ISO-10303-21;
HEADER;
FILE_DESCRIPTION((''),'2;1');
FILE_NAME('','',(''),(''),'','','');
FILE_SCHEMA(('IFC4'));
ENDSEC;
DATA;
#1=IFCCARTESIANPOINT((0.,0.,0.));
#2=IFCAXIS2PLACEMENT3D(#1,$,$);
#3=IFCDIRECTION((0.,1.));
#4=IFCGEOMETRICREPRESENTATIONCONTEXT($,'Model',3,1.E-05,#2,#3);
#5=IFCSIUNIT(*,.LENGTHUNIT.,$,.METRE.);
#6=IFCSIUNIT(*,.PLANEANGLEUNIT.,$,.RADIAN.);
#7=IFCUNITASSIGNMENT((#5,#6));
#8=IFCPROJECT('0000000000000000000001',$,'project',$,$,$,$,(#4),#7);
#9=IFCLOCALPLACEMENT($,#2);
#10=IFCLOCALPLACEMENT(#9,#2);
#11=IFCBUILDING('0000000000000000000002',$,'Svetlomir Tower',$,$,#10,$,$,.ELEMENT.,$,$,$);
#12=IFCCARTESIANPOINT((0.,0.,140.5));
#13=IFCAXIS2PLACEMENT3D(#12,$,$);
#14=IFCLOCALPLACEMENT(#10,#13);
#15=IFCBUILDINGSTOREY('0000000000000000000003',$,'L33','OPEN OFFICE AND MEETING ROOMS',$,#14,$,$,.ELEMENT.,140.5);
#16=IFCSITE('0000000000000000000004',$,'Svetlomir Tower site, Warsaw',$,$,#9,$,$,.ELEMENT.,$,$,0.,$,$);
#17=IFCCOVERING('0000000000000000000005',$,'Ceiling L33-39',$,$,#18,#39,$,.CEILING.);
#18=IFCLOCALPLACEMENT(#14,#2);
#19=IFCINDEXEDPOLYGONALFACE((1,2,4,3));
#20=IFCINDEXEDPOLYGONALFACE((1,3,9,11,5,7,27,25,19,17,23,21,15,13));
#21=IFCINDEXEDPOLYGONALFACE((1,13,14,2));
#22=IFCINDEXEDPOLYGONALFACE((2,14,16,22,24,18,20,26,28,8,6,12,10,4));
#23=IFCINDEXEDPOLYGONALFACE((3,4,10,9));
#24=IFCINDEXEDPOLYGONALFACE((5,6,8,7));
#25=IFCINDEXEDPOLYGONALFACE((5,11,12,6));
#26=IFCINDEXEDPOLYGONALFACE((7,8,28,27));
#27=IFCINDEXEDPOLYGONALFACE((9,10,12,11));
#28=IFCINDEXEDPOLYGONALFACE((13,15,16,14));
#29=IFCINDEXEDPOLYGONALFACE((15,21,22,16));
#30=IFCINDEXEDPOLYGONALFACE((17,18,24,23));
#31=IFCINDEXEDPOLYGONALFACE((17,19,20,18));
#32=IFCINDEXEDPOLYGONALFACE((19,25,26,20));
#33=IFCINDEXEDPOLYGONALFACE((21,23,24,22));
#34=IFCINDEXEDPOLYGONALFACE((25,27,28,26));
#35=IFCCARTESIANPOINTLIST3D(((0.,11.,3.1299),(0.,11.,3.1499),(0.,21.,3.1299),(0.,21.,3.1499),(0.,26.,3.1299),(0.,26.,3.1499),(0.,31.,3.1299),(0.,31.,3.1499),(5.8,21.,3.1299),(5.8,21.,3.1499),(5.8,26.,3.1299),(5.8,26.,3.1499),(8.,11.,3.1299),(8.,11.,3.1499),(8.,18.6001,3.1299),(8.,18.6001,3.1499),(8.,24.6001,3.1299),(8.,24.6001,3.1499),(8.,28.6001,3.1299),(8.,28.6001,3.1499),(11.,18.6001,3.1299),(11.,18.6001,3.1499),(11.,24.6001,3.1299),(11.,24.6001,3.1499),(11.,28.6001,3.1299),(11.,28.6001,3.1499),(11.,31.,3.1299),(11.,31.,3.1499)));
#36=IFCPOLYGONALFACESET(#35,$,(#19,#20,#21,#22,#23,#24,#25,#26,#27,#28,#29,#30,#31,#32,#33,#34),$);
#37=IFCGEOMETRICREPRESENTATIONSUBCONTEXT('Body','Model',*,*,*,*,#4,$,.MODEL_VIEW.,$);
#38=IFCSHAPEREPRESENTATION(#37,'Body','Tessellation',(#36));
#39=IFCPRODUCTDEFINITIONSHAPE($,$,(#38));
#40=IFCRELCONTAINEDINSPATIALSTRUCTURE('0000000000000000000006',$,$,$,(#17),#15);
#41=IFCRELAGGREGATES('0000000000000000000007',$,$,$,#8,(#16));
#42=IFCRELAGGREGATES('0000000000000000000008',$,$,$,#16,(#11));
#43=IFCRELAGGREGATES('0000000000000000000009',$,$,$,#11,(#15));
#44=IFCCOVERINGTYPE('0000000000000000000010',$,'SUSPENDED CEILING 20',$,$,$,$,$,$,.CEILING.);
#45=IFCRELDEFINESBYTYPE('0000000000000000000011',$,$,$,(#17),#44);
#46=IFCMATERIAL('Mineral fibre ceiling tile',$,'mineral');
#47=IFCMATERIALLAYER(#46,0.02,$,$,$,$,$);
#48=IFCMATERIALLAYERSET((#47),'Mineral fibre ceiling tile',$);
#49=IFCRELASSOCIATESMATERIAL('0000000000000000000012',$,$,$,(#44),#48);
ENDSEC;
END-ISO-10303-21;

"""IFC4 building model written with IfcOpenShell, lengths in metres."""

from ifc_helpers import new_model, si_unit, direction, frame, origin, place, context, subcontext, project, spatial, polyline, outline, extrude, material, layer, layer_set, type_object, element, save


model = new_model("IFC4")

# Units and contexts
model_context = context("Model", 3, precision=1e-05, world=origin(), true_north=direction((0.0, 1.0)))
body_context = subcontext(model_context, "Body", "Model", "MODEL_VIEW")
ifc_project = project(units=[si_unit("LENGTHUNIT", "METRE"), si_unit("PLANEANGLEUNIT", "RADIAN")], contexts=[model_context])

# Site, building, storey
site_placement = place(None, origin())
site = spatial("IfcSite", under=ifc_project, at=site_placement, Name="Svetlomir Tower site, Warsaw", CompositionType="ELEMENT", RefElevation=0.0)
building_placement = place(site_placement, origin())
building = spatial("IfcBuilding", under=site, at=building_placement, Name="Svetlomir Tower", CompositionType="ELEMENT")
storey_placement = place(building_placement, frame((0.0, 0.0, 140.5)))
storey = spatial("IfcBuildingStorey", under=building, at=storey_placement, Name="L33", Description="OPEN OFFICE AND MEETING ROOMS", CompositionType="ELEMENT", Elevation=140.5)

# Covering
ifc_material_1 = material(Name="Mineral fibre ceiling tile", Category="mineral")
ifc_layer_1 = layer(ifc_material_1, 0.02)
ifc_layer_set_1 = layer_set([ifc_layer_1], Name="Mineral fibre ceiling tile")
covering_type_1 = type_object("IfcCoveringType", Name="SUSPENDED CEILING 20", PredefinedType="CEILING", material=ifc_layer_set_1)
covering_1_placement = place(storey_placement, frame((0.0, 0.0, 3.1299)))
element("IfcCovering", 1, at=covering_1_placement, inside=storey, type_object=covering_type_1, Name="Ceiling L33-39", PredefinedType="CEILING", context=body_context, shape_type="SweptSolid", body=[
    extrude(outline(polyline([(11.0, 28.6001), (8.0, 28.6001), (8.0, 24.6001), (11.0, 24.6001), (11.0, 18.6001), (8.0, 18.6001), (8.0, 11.0), (0.0, 11.0), (0.0, 21.0), (5.8, 21.0), (5.8, 26.0), (0.0, 26.0), (0.0, 31.0), (11.0, 31.0), (11.0, 28.6001)])), origin(), (0.0, 0.0, 1.0), 0.02),
])

save(model, "model.ifc")
